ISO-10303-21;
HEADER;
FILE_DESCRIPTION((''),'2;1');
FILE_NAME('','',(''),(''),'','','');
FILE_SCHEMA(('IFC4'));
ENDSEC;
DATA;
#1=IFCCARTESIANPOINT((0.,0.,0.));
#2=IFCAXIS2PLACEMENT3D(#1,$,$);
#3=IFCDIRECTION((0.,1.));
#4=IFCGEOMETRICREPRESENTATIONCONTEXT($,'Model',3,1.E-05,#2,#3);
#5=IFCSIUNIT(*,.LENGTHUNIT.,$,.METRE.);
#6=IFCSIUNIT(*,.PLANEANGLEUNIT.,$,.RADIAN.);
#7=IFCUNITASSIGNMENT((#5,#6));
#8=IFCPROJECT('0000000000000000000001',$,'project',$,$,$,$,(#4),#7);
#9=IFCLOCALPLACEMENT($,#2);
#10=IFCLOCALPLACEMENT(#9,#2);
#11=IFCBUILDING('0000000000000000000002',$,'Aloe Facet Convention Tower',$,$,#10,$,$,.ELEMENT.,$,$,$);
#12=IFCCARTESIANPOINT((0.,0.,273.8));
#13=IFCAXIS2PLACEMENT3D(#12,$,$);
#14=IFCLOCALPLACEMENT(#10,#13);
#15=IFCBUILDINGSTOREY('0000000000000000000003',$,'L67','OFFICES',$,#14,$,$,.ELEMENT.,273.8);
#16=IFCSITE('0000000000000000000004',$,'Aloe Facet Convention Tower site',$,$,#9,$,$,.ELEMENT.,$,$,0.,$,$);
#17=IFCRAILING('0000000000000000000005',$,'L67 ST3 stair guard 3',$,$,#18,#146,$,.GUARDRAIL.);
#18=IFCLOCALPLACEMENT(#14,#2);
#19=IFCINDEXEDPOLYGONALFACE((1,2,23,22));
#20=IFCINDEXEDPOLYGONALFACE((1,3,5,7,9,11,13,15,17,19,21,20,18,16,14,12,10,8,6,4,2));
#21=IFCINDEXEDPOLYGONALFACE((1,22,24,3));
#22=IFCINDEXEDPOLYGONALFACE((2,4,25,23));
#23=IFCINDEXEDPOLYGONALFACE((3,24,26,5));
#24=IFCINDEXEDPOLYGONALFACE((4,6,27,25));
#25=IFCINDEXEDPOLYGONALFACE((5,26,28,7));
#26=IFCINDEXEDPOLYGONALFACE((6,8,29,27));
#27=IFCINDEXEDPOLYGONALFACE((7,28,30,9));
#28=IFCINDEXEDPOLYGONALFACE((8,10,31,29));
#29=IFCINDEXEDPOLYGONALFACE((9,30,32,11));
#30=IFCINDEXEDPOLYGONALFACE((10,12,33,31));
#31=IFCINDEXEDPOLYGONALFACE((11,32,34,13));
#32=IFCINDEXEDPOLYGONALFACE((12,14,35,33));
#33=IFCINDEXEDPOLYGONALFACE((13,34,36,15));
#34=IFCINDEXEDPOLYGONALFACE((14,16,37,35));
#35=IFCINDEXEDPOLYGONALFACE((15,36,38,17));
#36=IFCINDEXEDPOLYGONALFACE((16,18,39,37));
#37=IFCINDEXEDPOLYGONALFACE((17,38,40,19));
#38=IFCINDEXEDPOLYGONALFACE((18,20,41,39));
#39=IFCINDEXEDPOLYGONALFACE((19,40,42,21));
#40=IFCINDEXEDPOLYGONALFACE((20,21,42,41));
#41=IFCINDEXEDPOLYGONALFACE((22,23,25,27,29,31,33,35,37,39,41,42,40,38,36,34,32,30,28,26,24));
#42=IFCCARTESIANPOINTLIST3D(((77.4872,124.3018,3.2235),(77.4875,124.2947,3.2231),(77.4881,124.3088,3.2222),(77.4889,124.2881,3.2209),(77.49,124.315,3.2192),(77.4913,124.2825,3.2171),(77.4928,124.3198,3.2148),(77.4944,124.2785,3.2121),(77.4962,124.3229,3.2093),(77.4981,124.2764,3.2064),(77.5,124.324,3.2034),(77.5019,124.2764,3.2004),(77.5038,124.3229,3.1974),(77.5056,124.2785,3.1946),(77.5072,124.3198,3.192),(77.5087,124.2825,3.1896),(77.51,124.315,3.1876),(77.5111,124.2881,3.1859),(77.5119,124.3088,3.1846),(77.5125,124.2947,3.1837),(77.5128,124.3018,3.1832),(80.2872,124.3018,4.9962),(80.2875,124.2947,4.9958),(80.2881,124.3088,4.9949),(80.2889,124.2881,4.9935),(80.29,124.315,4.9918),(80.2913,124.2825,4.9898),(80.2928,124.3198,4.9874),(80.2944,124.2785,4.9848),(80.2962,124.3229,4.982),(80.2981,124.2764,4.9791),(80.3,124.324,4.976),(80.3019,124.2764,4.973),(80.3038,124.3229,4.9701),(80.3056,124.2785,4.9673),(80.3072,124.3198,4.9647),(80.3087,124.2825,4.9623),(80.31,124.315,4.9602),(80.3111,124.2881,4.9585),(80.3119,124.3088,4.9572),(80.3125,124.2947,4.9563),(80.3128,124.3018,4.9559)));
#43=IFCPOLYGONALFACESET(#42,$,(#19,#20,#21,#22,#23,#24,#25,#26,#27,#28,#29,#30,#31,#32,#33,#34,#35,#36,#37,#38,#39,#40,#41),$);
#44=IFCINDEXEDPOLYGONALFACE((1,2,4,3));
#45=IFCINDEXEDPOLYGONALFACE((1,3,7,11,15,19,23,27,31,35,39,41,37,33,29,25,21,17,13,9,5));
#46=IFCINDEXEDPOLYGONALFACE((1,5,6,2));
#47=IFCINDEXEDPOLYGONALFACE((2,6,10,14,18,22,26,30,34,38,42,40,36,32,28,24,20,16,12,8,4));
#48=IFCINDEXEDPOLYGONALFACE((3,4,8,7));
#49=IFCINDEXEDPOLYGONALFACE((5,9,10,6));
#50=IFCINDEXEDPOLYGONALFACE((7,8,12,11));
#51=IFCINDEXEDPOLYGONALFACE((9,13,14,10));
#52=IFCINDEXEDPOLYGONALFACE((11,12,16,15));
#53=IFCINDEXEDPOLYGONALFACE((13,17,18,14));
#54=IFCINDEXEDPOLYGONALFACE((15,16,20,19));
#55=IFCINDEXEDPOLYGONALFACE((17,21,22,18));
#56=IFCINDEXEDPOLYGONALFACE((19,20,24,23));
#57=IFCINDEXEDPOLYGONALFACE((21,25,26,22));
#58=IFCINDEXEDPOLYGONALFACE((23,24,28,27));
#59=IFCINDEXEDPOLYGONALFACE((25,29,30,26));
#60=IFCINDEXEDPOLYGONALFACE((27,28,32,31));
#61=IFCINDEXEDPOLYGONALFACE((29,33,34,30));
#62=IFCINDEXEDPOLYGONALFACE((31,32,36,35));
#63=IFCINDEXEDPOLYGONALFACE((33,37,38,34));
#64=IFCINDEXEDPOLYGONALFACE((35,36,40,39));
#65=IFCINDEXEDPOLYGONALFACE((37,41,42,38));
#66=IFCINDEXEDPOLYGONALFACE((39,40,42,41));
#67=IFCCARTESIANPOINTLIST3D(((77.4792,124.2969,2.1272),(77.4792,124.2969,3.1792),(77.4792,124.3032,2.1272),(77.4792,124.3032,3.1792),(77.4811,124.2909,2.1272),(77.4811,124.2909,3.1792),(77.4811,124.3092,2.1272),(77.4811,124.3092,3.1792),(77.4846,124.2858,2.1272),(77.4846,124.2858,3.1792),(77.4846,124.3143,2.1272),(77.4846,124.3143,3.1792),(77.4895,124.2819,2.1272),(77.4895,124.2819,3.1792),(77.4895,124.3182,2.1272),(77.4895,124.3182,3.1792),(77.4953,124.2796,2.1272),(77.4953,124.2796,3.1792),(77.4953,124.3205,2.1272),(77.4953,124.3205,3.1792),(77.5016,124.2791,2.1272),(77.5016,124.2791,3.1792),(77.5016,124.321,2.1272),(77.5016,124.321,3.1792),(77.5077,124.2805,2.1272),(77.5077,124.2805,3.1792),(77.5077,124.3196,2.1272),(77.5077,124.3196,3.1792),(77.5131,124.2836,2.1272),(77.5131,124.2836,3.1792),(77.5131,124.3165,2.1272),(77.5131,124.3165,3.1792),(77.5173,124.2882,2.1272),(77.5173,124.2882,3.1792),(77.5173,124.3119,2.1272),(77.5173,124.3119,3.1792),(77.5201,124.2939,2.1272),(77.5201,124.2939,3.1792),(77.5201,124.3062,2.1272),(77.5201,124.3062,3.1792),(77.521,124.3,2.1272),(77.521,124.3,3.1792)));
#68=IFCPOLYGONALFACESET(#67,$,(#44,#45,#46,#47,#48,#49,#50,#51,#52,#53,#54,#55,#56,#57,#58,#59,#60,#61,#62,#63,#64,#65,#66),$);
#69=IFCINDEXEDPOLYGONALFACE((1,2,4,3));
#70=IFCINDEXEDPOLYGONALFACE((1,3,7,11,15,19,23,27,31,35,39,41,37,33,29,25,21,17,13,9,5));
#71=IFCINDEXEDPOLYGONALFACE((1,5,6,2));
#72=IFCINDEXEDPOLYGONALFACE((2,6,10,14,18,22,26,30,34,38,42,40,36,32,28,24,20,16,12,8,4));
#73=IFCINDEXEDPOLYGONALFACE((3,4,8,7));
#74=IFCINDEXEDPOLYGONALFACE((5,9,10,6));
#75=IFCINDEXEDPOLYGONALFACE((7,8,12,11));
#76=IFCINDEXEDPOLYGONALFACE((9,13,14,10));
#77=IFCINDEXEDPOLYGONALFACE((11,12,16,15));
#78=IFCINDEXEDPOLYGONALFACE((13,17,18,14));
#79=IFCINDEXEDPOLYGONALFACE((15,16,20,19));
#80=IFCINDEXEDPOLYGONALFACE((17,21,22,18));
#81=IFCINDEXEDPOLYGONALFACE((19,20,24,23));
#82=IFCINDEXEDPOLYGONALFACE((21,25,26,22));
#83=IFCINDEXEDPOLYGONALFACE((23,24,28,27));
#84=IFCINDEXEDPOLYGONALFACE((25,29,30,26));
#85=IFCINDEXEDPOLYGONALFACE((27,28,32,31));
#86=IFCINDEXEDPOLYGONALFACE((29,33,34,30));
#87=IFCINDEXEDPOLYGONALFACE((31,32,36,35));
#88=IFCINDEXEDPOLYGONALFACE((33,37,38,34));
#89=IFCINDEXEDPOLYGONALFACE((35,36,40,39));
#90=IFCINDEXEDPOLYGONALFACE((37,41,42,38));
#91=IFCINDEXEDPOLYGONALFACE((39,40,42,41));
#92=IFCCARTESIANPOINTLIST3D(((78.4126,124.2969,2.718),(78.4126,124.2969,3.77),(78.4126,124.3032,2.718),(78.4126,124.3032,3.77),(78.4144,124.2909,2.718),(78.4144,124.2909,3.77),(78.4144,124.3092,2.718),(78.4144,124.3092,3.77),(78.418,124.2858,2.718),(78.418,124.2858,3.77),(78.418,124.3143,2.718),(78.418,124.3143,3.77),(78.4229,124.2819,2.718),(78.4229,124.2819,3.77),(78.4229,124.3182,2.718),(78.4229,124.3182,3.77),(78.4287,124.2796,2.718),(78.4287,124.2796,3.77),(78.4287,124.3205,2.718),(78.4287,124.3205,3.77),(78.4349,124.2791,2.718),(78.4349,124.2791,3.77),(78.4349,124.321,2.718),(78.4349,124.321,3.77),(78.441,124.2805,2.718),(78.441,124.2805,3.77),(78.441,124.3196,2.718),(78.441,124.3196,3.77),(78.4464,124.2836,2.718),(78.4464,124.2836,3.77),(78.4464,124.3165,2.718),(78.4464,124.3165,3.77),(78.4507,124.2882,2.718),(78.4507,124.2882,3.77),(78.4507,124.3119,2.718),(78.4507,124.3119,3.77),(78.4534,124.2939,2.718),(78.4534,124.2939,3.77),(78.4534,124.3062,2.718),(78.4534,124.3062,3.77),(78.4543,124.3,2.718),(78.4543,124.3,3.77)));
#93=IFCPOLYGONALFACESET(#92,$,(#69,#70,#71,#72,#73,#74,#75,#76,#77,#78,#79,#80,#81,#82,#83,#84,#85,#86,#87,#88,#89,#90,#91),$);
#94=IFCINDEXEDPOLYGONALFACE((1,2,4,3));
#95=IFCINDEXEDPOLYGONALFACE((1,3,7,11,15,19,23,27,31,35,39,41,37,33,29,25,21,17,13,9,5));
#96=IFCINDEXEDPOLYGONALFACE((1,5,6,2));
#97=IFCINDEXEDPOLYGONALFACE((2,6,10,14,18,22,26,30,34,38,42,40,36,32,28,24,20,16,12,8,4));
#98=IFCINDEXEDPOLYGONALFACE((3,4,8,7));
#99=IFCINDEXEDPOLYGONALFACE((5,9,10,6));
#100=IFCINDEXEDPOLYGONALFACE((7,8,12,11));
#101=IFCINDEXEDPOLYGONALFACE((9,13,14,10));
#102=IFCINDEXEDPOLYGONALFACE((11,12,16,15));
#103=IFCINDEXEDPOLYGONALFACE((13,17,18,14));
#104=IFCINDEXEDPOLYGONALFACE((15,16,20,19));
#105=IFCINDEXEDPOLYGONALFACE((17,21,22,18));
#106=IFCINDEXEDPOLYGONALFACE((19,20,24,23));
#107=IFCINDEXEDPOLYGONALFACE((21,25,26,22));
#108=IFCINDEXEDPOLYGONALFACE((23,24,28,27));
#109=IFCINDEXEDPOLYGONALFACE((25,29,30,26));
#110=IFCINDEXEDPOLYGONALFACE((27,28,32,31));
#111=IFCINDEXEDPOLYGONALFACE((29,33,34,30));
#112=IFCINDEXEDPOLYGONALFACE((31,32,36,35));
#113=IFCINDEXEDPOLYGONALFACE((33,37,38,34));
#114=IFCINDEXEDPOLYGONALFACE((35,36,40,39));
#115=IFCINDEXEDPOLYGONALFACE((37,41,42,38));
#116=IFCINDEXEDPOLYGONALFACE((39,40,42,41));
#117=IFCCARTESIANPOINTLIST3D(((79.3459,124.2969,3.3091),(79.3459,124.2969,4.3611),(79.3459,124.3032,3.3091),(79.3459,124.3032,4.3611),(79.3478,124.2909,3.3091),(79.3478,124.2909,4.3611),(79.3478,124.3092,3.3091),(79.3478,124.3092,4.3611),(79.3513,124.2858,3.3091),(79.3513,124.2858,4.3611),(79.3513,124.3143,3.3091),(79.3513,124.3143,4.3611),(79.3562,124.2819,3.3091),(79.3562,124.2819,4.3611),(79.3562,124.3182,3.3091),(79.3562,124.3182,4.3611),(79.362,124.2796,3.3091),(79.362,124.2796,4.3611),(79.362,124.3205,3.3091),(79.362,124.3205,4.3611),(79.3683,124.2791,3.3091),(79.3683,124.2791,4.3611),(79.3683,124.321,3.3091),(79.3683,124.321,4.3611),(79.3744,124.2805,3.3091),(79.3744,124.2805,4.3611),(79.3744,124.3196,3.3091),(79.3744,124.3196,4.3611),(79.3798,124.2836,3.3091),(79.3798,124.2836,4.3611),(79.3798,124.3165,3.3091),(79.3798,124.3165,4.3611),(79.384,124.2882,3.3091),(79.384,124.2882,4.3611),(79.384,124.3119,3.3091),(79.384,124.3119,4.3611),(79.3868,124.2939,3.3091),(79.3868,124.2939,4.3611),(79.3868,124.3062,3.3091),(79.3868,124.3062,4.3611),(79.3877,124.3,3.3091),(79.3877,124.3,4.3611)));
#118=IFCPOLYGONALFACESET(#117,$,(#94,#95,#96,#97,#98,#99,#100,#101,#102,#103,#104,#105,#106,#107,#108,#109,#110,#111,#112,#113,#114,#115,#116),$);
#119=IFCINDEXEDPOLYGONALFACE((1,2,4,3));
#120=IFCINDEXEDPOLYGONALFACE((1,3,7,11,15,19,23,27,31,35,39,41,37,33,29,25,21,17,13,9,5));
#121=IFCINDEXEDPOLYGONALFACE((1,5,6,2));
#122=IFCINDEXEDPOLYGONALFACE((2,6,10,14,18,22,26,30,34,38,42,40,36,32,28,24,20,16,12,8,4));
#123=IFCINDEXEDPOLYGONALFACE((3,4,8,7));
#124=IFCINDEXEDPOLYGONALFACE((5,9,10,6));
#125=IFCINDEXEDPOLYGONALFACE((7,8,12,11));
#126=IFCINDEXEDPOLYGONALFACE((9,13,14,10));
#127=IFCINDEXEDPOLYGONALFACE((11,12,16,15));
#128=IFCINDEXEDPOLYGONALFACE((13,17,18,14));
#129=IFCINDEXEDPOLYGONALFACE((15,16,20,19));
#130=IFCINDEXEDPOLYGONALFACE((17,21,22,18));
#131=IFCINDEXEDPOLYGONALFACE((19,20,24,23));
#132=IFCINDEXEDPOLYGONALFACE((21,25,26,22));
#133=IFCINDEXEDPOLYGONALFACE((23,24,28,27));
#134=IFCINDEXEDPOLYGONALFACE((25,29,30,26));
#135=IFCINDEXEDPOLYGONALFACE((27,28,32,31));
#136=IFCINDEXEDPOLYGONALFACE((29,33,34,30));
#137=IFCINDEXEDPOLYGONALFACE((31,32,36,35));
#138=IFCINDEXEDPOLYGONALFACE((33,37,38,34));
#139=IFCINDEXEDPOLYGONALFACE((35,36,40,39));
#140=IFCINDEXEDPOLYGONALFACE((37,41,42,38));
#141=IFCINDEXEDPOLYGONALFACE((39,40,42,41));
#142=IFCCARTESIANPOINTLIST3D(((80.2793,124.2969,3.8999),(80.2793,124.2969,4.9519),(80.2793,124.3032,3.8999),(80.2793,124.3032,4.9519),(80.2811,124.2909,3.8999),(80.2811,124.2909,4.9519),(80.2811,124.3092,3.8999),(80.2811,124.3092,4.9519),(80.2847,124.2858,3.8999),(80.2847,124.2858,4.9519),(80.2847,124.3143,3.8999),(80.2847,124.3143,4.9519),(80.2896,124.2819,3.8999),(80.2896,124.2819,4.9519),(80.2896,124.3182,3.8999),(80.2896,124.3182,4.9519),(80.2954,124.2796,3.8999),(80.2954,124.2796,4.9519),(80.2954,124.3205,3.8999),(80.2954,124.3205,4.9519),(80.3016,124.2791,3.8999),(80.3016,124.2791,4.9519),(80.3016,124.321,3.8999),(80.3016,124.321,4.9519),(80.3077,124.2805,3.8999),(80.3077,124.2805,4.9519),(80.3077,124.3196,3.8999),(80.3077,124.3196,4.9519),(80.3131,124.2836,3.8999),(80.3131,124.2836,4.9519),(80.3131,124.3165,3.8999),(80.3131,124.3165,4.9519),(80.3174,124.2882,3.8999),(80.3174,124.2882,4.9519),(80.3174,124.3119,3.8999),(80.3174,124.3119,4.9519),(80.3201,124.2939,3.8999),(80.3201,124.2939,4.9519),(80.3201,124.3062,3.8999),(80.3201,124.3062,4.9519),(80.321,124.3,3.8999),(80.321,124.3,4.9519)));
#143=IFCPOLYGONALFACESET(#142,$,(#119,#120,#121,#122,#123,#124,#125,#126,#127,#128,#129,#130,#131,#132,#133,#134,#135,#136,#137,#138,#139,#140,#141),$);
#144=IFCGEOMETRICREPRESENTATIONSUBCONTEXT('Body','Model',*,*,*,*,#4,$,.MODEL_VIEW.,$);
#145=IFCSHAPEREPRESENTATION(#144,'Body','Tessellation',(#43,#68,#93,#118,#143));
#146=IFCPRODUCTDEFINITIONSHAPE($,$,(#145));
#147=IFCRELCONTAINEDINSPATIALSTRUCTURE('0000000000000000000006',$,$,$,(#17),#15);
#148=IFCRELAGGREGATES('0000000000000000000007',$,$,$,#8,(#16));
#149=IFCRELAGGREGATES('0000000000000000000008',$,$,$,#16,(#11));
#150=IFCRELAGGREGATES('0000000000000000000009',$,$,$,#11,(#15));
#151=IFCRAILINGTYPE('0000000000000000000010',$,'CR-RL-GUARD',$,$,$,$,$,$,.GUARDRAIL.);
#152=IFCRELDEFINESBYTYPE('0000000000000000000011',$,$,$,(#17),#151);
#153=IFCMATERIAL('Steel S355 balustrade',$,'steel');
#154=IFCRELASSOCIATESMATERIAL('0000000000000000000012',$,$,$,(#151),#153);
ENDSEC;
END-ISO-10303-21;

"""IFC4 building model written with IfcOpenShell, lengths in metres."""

from ifc_helpers import new_model, si_unit, direction, frame, origin, origin_2d, place, context, subcontext, project, spatial, circle, extrude, material, type_object, element, save


model = new_model("IFC4")

# Units and contexts
model_context = context("Model", 3, precision=1e-05, world=origin(), true_north=direction((0.0, 1.0)))
body_context = subcontext(model_context, "Body", "Model", "MODEL_VIEW")
ifc_project = project(units=[si_unit("LENGTHUNIT", "METRE"), si_unit("PLANEANGLEUNIT", "RADIAN")], contexts=[model_context])

# Site, building, storey
site_placement = place(None, origin())
site = spatial("IfcSite", under=ifc_project, at=site_placement, Name="Aloe Facet Convention Tower site", CompositionType="ELEMENT", RefElevation=0.0)
building_placement = place(site_placement, origin())
building = spatial("IfcBuilding", under=site, at=building_placement, Name="Aloe Facet Convention Tower", CompositionType="ELEMENT")
storey_placement = place(building_placement, frame((0.0, 0.0, 273.8)))
storey = spatial("IfcBuildingStorey", under=building, at=storey_placement, Name="L67", Description="OFFICES", CompositionType="ELEMENT", Elevation=273.8)

# Railing
ifc_material_1 = material(Name="Steel S355 balustrade", Category="steel")
railing_type_1 = type_object("IfcRailingType", Name="CR-RL-GUARD", PredefinedType="GUARDRAIL", material=ifc_material_1)
railing_1_placement = place(storey_placement, frame((77.5, 124.3, 2.1272)))
element("IfcRailing", 1, at=railing_1_placement, inside=storey, type_object=railing_type_1, Name="L67 ST3 stair guard 3", PredefinedType="GUARDRAIL", context=body_context, shape_type="SweptSolid", body=[
    extrude(circle(Radius=0.0239, at=origin_2d()), frame((0.0, 0.0, 1.0762), z_axis=(0.844909, 0.0, 0.53491), x_axis=(0.0, 1.0, 0.0)), (0.0, 0.0, 1.0), 3.314),
    extrude(circle(Radius=0.021, at=origin_2d()), origin(), (0.0, 0.0, 1.0), 1.052),
    extrude(circle(Radius=0.021, at=origin_2d()), frame((0.9333, 0.0, 0.5908)), (0.0, 0.0, 1.0), 1.052),
    extrude(circle(Radius=0.021, at=origin_2d()), frame((1.8667, 0.0, 1.1819)), (0.0, 0.0, 1.0), 1.052),
    extrude(circle(Radius=0.021, at=origin_2d()), frame((2.8, 0.0, 1.7727)), (0.0, 0.0, 1.0), 1.052),
])

save(model, "model.ifc")
